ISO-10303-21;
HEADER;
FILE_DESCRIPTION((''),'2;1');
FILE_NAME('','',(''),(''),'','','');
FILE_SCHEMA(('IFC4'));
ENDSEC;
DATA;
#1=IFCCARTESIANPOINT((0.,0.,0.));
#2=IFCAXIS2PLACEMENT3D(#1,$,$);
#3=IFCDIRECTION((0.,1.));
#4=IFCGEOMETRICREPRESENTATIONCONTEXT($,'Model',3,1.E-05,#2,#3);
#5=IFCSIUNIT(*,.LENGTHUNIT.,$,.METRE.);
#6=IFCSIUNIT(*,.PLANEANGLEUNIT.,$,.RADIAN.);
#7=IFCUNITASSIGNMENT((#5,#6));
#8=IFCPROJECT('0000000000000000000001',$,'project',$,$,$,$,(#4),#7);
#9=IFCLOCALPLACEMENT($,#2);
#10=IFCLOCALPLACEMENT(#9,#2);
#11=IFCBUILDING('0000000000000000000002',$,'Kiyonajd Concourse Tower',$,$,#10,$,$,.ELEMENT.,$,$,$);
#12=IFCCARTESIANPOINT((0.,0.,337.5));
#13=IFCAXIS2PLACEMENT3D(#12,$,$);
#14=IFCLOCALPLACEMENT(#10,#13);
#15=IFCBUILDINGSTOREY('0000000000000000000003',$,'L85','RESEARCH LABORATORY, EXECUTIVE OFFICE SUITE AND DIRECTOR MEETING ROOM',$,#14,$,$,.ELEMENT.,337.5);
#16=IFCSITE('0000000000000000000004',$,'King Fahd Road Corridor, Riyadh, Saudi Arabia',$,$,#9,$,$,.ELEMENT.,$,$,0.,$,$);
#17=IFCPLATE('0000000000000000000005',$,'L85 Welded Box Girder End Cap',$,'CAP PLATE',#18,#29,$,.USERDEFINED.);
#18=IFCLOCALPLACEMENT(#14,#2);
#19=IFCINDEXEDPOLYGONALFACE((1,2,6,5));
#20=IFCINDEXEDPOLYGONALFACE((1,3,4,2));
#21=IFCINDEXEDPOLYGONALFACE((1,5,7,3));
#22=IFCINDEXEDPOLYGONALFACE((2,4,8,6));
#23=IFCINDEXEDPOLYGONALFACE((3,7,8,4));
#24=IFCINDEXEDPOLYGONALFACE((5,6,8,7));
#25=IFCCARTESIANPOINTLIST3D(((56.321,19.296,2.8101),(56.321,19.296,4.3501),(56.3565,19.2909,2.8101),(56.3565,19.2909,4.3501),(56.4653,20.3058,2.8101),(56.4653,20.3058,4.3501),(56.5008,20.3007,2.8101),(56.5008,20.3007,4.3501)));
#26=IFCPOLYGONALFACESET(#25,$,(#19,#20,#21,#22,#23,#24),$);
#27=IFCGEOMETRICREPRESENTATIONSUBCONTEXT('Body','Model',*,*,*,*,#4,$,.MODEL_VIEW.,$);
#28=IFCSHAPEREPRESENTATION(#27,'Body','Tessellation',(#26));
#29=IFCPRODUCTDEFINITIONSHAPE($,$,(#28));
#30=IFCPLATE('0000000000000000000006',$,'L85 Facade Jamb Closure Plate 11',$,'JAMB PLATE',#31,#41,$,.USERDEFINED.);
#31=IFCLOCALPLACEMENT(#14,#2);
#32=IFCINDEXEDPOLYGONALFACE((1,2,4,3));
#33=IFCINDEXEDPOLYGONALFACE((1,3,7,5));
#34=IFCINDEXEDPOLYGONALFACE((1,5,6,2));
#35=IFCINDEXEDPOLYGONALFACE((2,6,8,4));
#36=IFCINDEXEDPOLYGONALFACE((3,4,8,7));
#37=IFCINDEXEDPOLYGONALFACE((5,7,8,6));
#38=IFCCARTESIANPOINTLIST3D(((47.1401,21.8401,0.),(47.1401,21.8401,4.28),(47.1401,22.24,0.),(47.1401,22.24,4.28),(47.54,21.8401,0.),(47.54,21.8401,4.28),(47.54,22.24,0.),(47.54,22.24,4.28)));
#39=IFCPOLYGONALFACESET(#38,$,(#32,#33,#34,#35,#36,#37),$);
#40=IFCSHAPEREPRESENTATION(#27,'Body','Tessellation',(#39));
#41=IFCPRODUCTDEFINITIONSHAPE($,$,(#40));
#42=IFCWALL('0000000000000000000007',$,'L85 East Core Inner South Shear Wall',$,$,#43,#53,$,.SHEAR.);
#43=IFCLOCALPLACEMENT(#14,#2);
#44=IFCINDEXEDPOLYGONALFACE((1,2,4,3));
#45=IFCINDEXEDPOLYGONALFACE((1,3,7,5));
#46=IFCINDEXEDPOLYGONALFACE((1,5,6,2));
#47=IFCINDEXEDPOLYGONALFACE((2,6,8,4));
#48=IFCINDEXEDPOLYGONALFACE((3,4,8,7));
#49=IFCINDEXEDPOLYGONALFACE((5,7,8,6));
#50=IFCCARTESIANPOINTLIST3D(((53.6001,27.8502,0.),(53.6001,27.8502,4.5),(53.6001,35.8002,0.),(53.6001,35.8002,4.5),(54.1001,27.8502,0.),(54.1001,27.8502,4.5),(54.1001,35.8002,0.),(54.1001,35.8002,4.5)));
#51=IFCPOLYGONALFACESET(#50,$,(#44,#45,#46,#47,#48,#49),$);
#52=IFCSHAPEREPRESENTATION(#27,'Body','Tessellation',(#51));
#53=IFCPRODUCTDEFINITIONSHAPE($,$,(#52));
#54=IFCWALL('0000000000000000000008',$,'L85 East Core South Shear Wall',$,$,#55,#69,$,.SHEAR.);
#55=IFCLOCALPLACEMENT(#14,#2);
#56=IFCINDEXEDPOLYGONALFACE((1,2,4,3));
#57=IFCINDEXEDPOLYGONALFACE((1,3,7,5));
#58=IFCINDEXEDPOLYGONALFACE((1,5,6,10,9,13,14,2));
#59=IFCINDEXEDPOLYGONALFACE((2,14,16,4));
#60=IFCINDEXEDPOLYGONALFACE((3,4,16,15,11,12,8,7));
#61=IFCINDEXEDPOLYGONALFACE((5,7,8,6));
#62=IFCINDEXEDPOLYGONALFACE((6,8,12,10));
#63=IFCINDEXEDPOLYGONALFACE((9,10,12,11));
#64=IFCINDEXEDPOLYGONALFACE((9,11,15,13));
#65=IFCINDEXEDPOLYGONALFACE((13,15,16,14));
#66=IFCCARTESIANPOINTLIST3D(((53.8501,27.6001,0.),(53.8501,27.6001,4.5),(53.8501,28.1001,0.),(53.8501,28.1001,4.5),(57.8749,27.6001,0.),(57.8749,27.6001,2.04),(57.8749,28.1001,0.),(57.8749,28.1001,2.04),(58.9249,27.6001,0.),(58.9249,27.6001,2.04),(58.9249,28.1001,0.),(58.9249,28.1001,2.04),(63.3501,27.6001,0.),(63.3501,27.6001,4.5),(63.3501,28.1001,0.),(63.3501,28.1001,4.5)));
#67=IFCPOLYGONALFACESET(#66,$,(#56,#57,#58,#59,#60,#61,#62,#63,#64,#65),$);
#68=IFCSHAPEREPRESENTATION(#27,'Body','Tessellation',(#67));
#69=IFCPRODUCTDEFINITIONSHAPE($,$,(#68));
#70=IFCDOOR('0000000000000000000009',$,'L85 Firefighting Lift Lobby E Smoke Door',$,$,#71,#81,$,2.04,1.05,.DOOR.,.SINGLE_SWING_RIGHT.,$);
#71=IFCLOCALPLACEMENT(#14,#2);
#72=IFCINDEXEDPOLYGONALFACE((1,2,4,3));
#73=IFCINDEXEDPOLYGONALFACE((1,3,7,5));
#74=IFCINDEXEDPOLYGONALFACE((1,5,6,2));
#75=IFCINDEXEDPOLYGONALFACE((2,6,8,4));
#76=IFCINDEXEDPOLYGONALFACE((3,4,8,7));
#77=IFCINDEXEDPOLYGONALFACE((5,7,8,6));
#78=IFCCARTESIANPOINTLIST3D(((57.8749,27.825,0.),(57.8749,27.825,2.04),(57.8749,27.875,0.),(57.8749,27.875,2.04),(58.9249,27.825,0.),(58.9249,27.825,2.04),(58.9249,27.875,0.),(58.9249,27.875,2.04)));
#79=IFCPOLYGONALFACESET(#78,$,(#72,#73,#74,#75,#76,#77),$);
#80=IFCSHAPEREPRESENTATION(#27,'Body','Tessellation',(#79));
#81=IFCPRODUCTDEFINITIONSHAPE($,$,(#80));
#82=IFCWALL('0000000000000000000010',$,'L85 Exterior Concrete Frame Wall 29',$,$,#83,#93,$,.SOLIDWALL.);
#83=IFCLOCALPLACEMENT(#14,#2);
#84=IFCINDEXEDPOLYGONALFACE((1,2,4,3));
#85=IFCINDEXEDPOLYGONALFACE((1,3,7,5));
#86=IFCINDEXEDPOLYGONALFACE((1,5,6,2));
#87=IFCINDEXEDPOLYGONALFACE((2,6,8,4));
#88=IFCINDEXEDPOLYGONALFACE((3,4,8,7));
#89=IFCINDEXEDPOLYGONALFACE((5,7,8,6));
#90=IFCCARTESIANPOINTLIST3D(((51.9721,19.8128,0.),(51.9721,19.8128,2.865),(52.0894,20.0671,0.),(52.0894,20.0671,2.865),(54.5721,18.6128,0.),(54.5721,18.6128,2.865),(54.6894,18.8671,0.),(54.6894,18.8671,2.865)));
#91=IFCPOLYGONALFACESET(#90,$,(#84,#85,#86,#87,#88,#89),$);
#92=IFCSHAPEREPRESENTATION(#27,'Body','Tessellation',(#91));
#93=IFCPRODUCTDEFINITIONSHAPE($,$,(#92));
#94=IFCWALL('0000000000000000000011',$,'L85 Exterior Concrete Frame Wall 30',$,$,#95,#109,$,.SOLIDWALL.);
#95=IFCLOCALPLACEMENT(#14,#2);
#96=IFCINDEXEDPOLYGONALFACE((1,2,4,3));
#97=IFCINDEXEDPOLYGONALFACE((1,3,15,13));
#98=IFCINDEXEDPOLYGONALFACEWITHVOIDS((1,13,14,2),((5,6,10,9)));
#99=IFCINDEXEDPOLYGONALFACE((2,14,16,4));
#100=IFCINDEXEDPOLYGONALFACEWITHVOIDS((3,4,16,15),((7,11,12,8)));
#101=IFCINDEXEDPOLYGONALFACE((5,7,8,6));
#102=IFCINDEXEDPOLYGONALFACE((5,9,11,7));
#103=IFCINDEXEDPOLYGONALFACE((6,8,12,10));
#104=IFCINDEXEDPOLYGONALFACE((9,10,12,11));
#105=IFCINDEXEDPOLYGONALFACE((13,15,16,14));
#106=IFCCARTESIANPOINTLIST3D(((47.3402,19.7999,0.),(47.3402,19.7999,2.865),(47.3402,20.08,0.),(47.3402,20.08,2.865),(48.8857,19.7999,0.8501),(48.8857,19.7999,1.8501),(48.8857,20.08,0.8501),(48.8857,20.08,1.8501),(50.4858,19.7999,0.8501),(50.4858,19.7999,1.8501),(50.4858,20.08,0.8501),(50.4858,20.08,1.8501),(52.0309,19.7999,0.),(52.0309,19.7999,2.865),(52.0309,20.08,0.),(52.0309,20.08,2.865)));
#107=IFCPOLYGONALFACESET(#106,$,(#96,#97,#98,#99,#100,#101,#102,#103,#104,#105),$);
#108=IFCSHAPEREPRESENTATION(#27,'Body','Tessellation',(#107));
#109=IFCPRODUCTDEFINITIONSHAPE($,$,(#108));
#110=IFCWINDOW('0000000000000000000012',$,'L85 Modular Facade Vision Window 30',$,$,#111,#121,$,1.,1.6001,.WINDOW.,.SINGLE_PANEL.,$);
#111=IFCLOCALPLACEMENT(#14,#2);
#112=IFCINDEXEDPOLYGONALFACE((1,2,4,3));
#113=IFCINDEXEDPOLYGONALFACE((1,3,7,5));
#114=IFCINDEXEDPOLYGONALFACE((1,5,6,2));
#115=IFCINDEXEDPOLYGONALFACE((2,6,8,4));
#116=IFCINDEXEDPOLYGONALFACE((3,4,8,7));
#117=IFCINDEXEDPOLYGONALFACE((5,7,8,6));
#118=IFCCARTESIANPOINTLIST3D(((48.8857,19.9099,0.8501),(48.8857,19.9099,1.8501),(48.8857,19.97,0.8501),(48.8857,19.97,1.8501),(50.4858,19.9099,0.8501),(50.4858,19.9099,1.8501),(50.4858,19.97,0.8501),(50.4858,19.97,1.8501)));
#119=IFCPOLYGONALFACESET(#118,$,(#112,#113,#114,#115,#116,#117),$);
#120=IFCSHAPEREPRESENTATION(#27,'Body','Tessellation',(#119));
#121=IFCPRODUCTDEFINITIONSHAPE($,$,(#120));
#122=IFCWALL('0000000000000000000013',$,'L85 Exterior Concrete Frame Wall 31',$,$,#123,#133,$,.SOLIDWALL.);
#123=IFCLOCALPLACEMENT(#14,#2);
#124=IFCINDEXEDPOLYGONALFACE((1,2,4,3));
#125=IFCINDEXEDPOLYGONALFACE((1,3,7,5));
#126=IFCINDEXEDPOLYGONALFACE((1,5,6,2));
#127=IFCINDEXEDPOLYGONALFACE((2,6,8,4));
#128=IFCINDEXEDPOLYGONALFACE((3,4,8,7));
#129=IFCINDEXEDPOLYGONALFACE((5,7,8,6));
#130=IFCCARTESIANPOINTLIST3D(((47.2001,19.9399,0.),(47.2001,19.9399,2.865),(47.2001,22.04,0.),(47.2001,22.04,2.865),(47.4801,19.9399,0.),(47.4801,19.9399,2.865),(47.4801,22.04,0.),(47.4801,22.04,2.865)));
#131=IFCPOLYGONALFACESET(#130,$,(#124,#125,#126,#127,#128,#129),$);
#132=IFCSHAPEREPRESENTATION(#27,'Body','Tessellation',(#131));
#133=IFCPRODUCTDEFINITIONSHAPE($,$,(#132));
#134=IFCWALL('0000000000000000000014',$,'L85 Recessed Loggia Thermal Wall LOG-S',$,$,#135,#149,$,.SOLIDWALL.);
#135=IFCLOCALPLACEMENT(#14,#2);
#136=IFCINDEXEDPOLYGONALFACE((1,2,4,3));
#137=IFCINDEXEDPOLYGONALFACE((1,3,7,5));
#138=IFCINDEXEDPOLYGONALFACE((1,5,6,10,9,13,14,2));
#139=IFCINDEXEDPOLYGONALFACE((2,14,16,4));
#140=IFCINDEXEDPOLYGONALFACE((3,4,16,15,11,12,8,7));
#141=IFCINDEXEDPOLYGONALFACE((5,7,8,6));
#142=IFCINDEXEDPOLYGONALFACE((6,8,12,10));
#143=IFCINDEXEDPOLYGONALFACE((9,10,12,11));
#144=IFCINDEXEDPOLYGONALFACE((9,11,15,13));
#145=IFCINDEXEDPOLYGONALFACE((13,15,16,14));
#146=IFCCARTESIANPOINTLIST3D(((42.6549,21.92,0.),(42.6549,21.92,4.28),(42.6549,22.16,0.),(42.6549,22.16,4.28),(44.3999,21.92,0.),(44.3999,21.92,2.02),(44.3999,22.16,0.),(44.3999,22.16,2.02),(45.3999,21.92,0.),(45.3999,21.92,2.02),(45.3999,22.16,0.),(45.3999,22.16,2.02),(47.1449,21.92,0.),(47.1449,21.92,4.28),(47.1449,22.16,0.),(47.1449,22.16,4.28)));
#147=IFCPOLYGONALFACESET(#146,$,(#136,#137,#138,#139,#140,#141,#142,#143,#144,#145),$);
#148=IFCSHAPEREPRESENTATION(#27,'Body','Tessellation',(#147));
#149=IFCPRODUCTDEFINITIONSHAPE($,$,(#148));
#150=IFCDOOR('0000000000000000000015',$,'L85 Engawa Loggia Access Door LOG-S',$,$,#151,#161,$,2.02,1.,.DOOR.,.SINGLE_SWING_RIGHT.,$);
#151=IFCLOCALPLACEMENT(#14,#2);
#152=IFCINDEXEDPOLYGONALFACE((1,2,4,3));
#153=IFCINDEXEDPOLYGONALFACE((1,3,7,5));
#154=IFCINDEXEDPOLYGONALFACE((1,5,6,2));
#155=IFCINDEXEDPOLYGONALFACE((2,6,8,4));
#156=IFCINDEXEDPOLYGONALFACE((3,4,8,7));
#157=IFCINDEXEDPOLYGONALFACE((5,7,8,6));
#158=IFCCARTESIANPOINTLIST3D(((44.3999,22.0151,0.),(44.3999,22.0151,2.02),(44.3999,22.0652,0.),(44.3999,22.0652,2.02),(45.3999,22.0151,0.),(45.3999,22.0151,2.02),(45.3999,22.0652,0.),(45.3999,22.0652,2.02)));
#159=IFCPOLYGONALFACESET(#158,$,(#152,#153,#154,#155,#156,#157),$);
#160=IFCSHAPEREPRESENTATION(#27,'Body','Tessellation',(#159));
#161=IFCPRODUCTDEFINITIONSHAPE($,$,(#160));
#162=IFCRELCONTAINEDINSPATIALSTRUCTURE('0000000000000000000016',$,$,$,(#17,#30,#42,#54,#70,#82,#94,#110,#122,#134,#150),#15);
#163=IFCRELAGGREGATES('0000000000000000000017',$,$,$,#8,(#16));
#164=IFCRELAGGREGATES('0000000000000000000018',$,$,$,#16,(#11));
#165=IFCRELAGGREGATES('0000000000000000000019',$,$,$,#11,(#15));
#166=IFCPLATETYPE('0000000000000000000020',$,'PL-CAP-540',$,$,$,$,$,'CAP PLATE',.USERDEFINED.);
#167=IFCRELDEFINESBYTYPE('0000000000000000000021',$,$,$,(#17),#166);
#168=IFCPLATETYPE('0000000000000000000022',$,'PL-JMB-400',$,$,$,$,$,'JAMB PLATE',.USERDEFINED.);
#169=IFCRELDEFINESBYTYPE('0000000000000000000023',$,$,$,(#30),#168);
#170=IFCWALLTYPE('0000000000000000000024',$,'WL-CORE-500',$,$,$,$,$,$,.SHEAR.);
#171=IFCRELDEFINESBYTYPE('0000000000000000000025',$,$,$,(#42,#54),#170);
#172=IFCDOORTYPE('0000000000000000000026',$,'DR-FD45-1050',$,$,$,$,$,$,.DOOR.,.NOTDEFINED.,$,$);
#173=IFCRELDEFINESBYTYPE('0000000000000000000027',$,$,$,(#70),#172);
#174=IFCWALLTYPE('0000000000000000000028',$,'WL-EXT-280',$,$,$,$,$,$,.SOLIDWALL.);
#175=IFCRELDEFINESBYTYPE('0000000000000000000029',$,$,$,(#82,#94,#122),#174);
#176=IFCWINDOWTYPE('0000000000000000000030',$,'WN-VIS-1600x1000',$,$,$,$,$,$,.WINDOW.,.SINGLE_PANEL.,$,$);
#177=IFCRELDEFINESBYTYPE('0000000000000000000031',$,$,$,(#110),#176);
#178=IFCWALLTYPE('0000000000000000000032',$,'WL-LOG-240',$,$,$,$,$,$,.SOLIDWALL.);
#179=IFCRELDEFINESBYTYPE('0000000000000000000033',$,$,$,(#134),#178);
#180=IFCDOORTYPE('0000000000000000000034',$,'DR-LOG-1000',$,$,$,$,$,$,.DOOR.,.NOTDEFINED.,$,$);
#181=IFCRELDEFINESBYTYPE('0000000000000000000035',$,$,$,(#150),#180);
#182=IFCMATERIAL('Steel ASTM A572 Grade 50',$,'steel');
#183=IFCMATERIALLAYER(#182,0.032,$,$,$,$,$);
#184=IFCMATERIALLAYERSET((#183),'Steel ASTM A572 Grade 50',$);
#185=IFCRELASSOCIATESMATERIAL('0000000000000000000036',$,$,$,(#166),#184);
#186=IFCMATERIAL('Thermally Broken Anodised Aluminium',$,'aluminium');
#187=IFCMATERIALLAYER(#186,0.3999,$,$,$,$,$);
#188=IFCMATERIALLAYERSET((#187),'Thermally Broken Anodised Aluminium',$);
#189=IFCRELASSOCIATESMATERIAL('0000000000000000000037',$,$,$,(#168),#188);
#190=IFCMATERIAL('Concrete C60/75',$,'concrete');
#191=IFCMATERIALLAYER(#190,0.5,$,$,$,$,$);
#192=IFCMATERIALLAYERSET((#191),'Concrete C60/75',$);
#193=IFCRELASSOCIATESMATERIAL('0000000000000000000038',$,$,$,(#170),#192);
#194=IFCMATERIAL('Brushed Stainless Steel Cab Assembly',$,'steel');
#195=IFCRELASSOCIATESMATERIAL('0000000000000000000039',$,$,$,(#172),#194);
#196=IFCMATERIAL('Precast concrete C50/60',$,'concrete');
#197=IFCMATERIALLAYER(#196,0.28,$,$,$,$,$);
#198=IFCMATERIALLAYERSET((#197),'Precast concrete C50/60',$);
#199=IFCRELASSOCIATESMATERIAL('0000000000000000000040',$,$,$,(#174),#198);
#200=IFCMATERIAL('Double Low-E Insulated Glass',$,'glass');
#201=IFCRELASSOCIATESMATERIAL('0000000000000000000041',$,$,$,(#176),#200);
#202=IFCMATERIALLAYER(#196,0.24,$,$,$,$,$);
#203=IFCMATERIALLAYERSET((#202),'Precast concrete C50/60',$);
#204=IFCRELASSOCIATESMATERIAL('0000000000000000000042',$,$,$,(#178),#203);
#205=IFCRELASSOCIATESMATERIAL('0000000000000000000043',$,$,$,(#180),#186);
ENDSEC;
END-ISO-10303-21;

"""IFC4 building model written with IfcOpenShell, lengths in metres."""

from ifc_helpers import new_model, si_unit, direction, frame, frame_2d, origin, origin_2d, place, context, subcontext, project, spatial, rectangle, extrude, material, layer, layer_set, type_object, element, fill, save


model = new_model("IFC4")

# Units and contexts
model_context = context("Model", 3, precision=1e-05, world=origin(), true_north=direction((0.0, 1.0)))
body_context = subcontext(model_context, "Body", "Model", "MODEL_VIEW")
ifc_project = project(units=[si_unit("LENGTHUNIT", "METRE"), si_unit("PLANEANGLEUNIT", "RADIAN")], contexts=[model_context])

# Site, building, storey
site_placement = place(None, origin())
site = spatial("IfcSite", under=ifc_project, at=site_placement, Name="King Fahd Road Corridor, Riyadh, Saudi Arabia", CompositionType="ELEMENT", RefElevation=0.0)
building_placement = place(site_placement, origin())
building = spatial("IfcBuilding", under=site, at=building_placement, Name="Kiyonajd Concourse Tower", CompositionType="ELEMENT")
storey_placement = place(building_placement, frame((0.0, 0.0, 337.5)))
storey = spatial("IfcBuildingStorey", under=building, at=storey_placement, Name="L85", Description="RESEARCH LABORATORY, EXECUTIVE OFFICE SUITE AND DIRECTOR MEETING ROOM", CompositionType="ELEMENT", Elevation=337.5)

# Shared definitions
ifc_material_1 = material(Name="Concrete C60/75", Category="concrete")

# Shared definitions
ifc_material_2 = material(Name="Steel ASTM A572 Grade 50", Category="steel")

# Plates
ifc_layer_1 = layer(ifc_material_2, 0.032)
ifc_layer_set_1 = layer_set([ifc_layer_1], Name="Steel ASTM A572 Grade 50")
plate_type_1 = type_object("IfcPlateType", Name="PL-CAP-540", ElementType="CAP PLATE", PredefinedType="USERDEFINED", material=ifc_layer_set_1)
for number, where, z_axis, x_axis, name in (
    (1, (56.4109, 19.7983, 2.8101), (0.0, 0.0, 1.0), (0.98995, -0.14142, 0.0), "L85 Welded Box Girder End Cap"),
):
    element("IfcPlate", number, at=place(storey_placement, frame(where, z_axis=z_axis, x_axis=x_axis)), inside=storey, type_object=plate_type_1, Name=name, ObjectType="CAP PLATE", PredefinedType="USERDEFINED", context=body_context, shape_type="SweptSolid", body=[
        extrude(rectangle(XDim=0.0359, YDim=1.02, at=origin_2d()), origin(), (0.0, 0.0, 1.0), 1.54),
    ])
ifc_material_3 = material(Name="Thermally Broken Anodised Aluminium", Category="aluminium")
ifc_layer_2 = layer(ifc_material_3, 0.3999)
ifc_layer_set_2 = layer_set([ifc_layer_2], Name="Thermally Broken Anodised Aluminium")
plate_type_2 = type_object("IfcPlateType", Name="PL-JMB-400", ElementType="JAMB PLATE", PredefinedType="USERDEFINED", material=ifc_layer_set_2)
plate_placement = place(storey_placement, frame((47.3401, 22.04, 0.0), z_axis=(0.0, 0.0, 1.0), x_axis=(1.0, 0.0, 0.0)))
element("IfcPlate", 2, at=plate_placement, inside=storey, type_object=plate_type_2, Name="L85 Facade Jamb Closure Plate 11", ObjectType="JAMB PLATE", PredefinedType="USERDEFINED", context=body_context, shape_type="SweptSolid", body=[
    extrude(rectangle(XDim=0.3999, YDim=0.3999, at=origin_2d()), origin(), (0.0, 0.0, 1.0), 4.28),
])

# Wall
ifc_layer_3 = layer(ifc_material_1, 0.5)
ifc_layer_set_3 = layer_set([ifc_layer_3], Name="Concrete C60/75")
wall_type_1 = type_object("IfcWallType", Name="WL-CORE-500", PredefinedType="SHEAR", material=ifc_layer_set_3)
wall_1_placement = place(storey_placement, frame((53.8501, 27.8501, 0.0), z_axis=(0.0, 0.0, 1.0), x_axis=(0.0, 1.0, 0.0)))
element("IfcWall", 3, at=wall_1_placement, inside=storey, type_object=wall_type_1, Name="L85 East Core Inner South Shear Wall", PredefinedType="SHEAR", context=body_context, shape_type="SweptSolid", body=[
    extrude(rectangle(XDim=7.95, YDim=0.5, at=frame_2d((3.9751, 0.0))), origin(), (0.0, 0.0, 1.0), 4.5),
])

# Wall, opening, door
wall_2_placement = place(storey_placement, frame((53.8501, 27.8501, 0.0), z_axis=(0.0, 0.0, 1.0), x_axis=(1.0, 0.0, 0.0)))
wall_2 = element("IfcWall", 4, at=wall_2_placement, inside=storey, type_object=wall_type_1, Name="L85 East Core South Shear Wall", PredefinedType="SHEAR", context=body_context, shape_type="SweptSolid", body=[
    extrude(rectangle(XDim=9.5, YDim=0.5, at=frame_2d((4.75, 0.0))), origin(), (0.0, 0.0, 1.0), 4.5),
])
opening_1_placement = place(wall_2_placement, frame((4.0249, 0.0, 0.0)))
opening_1 = element("IfcOpeningElement", 5, at=opening_1_placement, cuts=wall_2, PredefinedType="OPENING", context=body_context, shape_type="SweptSolid", body=[
    extrude(rectangle(XDim=1.05, YDim=2.04, at=frame_2d((0.5249, 1.02))), frame((0.0, 0.26, 0.0), z_axis=(0.0, -1.0, 0.0), x_axis=(1.0, 0.0, 0.0)), (0.0, 0.0, 1.0), 0.52),
])
ifc_material_4 = material(Name="Brushed Stainless Steel Cab Assembly", Category="steel")
door_type_1 = type_object("IfcDoorType", Name="DR-FD45-1050", OperationType="NOTDEFINED", PredefinedType="DOOR", material=ifc_material_4)
door_1_placement = place(opening_1_placement, origin())
door_1 = element("IfcDoor", 6, at=door_1_placement, inside=storey, type_object=door_type_1, Name="L85 Firefighting Lift Lobby E Smoke Door", OperationType="SINGLE_SWING_RIGHT", OverallHeight=2.04, OverallWidth=1.05, PredefinedType="DOOR", context=body_context, shape_type="SweptSolid", body=[
    extrude(rectangle(XDim=1.05, YDim=2.04, at=frame_2d((0.5249, 1.02))), frame((0.0, 0.0249, 0.0), z_axis=(0.0, -1.0, 0.0), x_axis=(1.0, 0.0, 0.0)), (0.0, 0.0, 1.0), 0.05),
])
fill(opening_1, door_1)

# Wall
ifc_material_5 = material(Name="Precast concrete C50/60", Category="concrete")
ifc_layer_4 = layer(ifc_material_5, 0.28)
ifc_layer_set_4 = layer_set([ifc_layer_4], Name="Precast concrete C50/60")
wall_type_2 = type_object("IfcWallType", Name="WL-EXT-280", PredefinedType="SOLIDWALL", material=ifc_layer_set_4)
wall_3_placement = place(storey_placement, frame((54.6306, 18.74, 0.0), z_axis=(0.0, 0.0, 1.0), x_axis=(-0.907957, 0.419064, 0.0)))
element("IfcWall", 7, at=wall_3_placement, inside=storey, type_object=wall_type_2, Name="L85 Exterior Concrete Frame Wall 29", PredefinedType="SOLIDWALL", context=body_context, shape_type="SweptSolid", body=[
    extrude(rectangle(XDim=2.8635, YDim=0.28, at=frame_2d((1.4316, 0.0))), origin(), (0.0, 0.0, 1.0), 2.865),
])

# Wall, opening, window
wall_4_placement = place(storey_placement, frame((52.0308, 19.9399, 0.0), z_axis=(0.0, 0.0, 1.0), x_axis=(-1.0, 0.0, 0.0)))
wall_4 = element("IfcWall", 8, at=wall_4_placement, inside=storey, type_object=wall_type_2, Name="L85 Exterior Concrete Frame Wall 30", PredefinedType="SOLIDWALL", context=body_context, shape_type="SweptSolid", body=[
    extrude(rectangle(XDim=4.6907, YDim=0.28, at=frame_2d((2.3452, 0.0))), origin(), (0.0, 0.0, 1.0), 2.865),
])
opening_2_placement = place(wall_4_placement, frame((1.5449, 0.0, 0.8501)))
opening_2 = element("IfcOpeningElement", 9, at=opening_2_placement, cuts=wall_4, PredefinedType="OPENING", context=body_context, shape_type="SweptSolid", body=[
    extrude(rectangle(XDim=1.6001, YDim=1.0, at=frame_2d((0.8, 0.5))), frame((0.0, 0.1499, 0.0), z_axis=(0.0, -1.0, 0.0), x_axis=(1.0, 0.0, 0.0)), (0.0, 0.0, 1.0), 0.3),
])
ifc_material_6 = material(Name="Double Low-E Insulated Glass", Category="glass")
window_type = type_object("IfcWindowType", Name="WN-VIS-1600x1000", PartitioningType="SINGLE_PANEL", PredefinedType="WINDOW", material=ifc_material_6)
window_placement = place(opening_2_placement, origin())
window = element("IfcWindow", 10, at=window_placement, inside=storey, type_object=window_type, Name="L85 Modular Facade Vision Window 30", OverallHeight=1.0, OverallWidth=1.6001, PartitioningType="SINGLE_PANEL", PredefinedType="WINDOW", context=body_context, shape_type="SweptSolid", body=[
    extrude(rectangle(XDim=1.6001, YDim=1.0, at=frame_2d((0.8, 0.5))), frame((0.0, 0.03, 0.0), z_axis=(0.0, -1.0, 0.0), x_axis=(1.0, 0.0, 0.0)), (0.0, 0.0, 1.0), 0.0601),
])
fill(opening_2, window)

# Wall
wall_5_placement = place(storey_placement, frame((47.3401, 19.9399, 0.0), z_axis=(0.0, 0.0, 1.0), x_axis=(0.0, 1.0, 0.0)))
element("IfcWall", 11, at=wall_5_placement, inside=storey, type_object=wall_type_2, Name="L85 Exterior Concrete Frame Wall 31", PredefinedType="SOLIDWALL", context=body_context, shape_type="SweptSolid", body=[
    extrude(rectangle(XDim=2.1001, YDim=0.28, at=frame_2d((1.05, 0.0))), origin(), (0.0, 0.0, 1.0), 2.865),
])

# Wall, opening, door
ifc_layer_5 = layer(ifc_material_5, 0.24)
ifc_layer_set_5 = layer_set([ifc_layer_5], Name="Precast concrete C50/60")
wall_type_3 = type_object("IfcWallType", Name="WL-LOG-240", PredefinedType="SOLIDWALL", material=ifc_layer_set_5)
wall_6_placement = place(storey_placement, frame((47.145, 22.04, 0.0), z_axis=(0.0, 0.0, 1.0), x_axis=(-1.0, 0.0, 0.0)))
wall_6 = element("IfcWall", 12, at=wall_6_placement, inside=storey, type_object=wall_type_3, Name="L85 Recessed Loggia Thermal Wall LOG-S", PredefinedType="SOLIDWALL", context=body_context, shape_type="SweptSolid", body=[
    extrude(rectangle(XDim=4.49, YDim=0.24, at=frame_2d((2.2451, 0.0))), origin(), (0.0, 0.0, 1.0), 4.28),
])
opening_3_placement = place(wall_6_placement, frame((1.7451, 0.0, 0.0)))
opening_3 = element("IfcOpeningElement", 13, at=opening_3_placement, cuts=wall_6, PredefinedType="OPENING", context=body_context, shape_type="SweptSolid", body=[
    extrude(rectangle(XDim=1.0, YDim=2.02, at=frame_2d((0.5, 1.01))), frame((0.0, 0.1299, 0.0), z_axis=(0.0, -1.0, 0.0), x_axis=(1.0, 0.0, 0.0)), (0.0, 0.0, 1.0), 0.26),
])
door_type_2 = type_object("IfcDoorType", Name="DR-LOG-1000", OperationType="NOTDEFINED", PredefinedType="DOOR", material=ifc_material_3)
door_2_placement = place(opening_3_placement, origin())
door_2 = element("IfcDoor", 14, at=door_2_placement, inside=storey, type_object=door_type_2, Name="L85 Engawa Loggia Access Door LOG-S", OperationType="SINGLE_SWING_RIGHT", OverallHeight=2.02, OverallWidth=1.0, PredefinedType="DOOR", context=body_context, shape_type="SweptSolid", body=[
    extrude(rectangle(XDim=1.0, YDim=2.02, at=frame_2d((0.5, 1.01))), frame((0.0, 0.0249, 0.0), z_axis=(0.0, -1.0, 0.0), x_axis=(1.0, 0.0, 0.0)), (0.0, 0.0, 1.0), 0.05),
])
fill(opening_3, door_2)

save(model, "model.ifc")
